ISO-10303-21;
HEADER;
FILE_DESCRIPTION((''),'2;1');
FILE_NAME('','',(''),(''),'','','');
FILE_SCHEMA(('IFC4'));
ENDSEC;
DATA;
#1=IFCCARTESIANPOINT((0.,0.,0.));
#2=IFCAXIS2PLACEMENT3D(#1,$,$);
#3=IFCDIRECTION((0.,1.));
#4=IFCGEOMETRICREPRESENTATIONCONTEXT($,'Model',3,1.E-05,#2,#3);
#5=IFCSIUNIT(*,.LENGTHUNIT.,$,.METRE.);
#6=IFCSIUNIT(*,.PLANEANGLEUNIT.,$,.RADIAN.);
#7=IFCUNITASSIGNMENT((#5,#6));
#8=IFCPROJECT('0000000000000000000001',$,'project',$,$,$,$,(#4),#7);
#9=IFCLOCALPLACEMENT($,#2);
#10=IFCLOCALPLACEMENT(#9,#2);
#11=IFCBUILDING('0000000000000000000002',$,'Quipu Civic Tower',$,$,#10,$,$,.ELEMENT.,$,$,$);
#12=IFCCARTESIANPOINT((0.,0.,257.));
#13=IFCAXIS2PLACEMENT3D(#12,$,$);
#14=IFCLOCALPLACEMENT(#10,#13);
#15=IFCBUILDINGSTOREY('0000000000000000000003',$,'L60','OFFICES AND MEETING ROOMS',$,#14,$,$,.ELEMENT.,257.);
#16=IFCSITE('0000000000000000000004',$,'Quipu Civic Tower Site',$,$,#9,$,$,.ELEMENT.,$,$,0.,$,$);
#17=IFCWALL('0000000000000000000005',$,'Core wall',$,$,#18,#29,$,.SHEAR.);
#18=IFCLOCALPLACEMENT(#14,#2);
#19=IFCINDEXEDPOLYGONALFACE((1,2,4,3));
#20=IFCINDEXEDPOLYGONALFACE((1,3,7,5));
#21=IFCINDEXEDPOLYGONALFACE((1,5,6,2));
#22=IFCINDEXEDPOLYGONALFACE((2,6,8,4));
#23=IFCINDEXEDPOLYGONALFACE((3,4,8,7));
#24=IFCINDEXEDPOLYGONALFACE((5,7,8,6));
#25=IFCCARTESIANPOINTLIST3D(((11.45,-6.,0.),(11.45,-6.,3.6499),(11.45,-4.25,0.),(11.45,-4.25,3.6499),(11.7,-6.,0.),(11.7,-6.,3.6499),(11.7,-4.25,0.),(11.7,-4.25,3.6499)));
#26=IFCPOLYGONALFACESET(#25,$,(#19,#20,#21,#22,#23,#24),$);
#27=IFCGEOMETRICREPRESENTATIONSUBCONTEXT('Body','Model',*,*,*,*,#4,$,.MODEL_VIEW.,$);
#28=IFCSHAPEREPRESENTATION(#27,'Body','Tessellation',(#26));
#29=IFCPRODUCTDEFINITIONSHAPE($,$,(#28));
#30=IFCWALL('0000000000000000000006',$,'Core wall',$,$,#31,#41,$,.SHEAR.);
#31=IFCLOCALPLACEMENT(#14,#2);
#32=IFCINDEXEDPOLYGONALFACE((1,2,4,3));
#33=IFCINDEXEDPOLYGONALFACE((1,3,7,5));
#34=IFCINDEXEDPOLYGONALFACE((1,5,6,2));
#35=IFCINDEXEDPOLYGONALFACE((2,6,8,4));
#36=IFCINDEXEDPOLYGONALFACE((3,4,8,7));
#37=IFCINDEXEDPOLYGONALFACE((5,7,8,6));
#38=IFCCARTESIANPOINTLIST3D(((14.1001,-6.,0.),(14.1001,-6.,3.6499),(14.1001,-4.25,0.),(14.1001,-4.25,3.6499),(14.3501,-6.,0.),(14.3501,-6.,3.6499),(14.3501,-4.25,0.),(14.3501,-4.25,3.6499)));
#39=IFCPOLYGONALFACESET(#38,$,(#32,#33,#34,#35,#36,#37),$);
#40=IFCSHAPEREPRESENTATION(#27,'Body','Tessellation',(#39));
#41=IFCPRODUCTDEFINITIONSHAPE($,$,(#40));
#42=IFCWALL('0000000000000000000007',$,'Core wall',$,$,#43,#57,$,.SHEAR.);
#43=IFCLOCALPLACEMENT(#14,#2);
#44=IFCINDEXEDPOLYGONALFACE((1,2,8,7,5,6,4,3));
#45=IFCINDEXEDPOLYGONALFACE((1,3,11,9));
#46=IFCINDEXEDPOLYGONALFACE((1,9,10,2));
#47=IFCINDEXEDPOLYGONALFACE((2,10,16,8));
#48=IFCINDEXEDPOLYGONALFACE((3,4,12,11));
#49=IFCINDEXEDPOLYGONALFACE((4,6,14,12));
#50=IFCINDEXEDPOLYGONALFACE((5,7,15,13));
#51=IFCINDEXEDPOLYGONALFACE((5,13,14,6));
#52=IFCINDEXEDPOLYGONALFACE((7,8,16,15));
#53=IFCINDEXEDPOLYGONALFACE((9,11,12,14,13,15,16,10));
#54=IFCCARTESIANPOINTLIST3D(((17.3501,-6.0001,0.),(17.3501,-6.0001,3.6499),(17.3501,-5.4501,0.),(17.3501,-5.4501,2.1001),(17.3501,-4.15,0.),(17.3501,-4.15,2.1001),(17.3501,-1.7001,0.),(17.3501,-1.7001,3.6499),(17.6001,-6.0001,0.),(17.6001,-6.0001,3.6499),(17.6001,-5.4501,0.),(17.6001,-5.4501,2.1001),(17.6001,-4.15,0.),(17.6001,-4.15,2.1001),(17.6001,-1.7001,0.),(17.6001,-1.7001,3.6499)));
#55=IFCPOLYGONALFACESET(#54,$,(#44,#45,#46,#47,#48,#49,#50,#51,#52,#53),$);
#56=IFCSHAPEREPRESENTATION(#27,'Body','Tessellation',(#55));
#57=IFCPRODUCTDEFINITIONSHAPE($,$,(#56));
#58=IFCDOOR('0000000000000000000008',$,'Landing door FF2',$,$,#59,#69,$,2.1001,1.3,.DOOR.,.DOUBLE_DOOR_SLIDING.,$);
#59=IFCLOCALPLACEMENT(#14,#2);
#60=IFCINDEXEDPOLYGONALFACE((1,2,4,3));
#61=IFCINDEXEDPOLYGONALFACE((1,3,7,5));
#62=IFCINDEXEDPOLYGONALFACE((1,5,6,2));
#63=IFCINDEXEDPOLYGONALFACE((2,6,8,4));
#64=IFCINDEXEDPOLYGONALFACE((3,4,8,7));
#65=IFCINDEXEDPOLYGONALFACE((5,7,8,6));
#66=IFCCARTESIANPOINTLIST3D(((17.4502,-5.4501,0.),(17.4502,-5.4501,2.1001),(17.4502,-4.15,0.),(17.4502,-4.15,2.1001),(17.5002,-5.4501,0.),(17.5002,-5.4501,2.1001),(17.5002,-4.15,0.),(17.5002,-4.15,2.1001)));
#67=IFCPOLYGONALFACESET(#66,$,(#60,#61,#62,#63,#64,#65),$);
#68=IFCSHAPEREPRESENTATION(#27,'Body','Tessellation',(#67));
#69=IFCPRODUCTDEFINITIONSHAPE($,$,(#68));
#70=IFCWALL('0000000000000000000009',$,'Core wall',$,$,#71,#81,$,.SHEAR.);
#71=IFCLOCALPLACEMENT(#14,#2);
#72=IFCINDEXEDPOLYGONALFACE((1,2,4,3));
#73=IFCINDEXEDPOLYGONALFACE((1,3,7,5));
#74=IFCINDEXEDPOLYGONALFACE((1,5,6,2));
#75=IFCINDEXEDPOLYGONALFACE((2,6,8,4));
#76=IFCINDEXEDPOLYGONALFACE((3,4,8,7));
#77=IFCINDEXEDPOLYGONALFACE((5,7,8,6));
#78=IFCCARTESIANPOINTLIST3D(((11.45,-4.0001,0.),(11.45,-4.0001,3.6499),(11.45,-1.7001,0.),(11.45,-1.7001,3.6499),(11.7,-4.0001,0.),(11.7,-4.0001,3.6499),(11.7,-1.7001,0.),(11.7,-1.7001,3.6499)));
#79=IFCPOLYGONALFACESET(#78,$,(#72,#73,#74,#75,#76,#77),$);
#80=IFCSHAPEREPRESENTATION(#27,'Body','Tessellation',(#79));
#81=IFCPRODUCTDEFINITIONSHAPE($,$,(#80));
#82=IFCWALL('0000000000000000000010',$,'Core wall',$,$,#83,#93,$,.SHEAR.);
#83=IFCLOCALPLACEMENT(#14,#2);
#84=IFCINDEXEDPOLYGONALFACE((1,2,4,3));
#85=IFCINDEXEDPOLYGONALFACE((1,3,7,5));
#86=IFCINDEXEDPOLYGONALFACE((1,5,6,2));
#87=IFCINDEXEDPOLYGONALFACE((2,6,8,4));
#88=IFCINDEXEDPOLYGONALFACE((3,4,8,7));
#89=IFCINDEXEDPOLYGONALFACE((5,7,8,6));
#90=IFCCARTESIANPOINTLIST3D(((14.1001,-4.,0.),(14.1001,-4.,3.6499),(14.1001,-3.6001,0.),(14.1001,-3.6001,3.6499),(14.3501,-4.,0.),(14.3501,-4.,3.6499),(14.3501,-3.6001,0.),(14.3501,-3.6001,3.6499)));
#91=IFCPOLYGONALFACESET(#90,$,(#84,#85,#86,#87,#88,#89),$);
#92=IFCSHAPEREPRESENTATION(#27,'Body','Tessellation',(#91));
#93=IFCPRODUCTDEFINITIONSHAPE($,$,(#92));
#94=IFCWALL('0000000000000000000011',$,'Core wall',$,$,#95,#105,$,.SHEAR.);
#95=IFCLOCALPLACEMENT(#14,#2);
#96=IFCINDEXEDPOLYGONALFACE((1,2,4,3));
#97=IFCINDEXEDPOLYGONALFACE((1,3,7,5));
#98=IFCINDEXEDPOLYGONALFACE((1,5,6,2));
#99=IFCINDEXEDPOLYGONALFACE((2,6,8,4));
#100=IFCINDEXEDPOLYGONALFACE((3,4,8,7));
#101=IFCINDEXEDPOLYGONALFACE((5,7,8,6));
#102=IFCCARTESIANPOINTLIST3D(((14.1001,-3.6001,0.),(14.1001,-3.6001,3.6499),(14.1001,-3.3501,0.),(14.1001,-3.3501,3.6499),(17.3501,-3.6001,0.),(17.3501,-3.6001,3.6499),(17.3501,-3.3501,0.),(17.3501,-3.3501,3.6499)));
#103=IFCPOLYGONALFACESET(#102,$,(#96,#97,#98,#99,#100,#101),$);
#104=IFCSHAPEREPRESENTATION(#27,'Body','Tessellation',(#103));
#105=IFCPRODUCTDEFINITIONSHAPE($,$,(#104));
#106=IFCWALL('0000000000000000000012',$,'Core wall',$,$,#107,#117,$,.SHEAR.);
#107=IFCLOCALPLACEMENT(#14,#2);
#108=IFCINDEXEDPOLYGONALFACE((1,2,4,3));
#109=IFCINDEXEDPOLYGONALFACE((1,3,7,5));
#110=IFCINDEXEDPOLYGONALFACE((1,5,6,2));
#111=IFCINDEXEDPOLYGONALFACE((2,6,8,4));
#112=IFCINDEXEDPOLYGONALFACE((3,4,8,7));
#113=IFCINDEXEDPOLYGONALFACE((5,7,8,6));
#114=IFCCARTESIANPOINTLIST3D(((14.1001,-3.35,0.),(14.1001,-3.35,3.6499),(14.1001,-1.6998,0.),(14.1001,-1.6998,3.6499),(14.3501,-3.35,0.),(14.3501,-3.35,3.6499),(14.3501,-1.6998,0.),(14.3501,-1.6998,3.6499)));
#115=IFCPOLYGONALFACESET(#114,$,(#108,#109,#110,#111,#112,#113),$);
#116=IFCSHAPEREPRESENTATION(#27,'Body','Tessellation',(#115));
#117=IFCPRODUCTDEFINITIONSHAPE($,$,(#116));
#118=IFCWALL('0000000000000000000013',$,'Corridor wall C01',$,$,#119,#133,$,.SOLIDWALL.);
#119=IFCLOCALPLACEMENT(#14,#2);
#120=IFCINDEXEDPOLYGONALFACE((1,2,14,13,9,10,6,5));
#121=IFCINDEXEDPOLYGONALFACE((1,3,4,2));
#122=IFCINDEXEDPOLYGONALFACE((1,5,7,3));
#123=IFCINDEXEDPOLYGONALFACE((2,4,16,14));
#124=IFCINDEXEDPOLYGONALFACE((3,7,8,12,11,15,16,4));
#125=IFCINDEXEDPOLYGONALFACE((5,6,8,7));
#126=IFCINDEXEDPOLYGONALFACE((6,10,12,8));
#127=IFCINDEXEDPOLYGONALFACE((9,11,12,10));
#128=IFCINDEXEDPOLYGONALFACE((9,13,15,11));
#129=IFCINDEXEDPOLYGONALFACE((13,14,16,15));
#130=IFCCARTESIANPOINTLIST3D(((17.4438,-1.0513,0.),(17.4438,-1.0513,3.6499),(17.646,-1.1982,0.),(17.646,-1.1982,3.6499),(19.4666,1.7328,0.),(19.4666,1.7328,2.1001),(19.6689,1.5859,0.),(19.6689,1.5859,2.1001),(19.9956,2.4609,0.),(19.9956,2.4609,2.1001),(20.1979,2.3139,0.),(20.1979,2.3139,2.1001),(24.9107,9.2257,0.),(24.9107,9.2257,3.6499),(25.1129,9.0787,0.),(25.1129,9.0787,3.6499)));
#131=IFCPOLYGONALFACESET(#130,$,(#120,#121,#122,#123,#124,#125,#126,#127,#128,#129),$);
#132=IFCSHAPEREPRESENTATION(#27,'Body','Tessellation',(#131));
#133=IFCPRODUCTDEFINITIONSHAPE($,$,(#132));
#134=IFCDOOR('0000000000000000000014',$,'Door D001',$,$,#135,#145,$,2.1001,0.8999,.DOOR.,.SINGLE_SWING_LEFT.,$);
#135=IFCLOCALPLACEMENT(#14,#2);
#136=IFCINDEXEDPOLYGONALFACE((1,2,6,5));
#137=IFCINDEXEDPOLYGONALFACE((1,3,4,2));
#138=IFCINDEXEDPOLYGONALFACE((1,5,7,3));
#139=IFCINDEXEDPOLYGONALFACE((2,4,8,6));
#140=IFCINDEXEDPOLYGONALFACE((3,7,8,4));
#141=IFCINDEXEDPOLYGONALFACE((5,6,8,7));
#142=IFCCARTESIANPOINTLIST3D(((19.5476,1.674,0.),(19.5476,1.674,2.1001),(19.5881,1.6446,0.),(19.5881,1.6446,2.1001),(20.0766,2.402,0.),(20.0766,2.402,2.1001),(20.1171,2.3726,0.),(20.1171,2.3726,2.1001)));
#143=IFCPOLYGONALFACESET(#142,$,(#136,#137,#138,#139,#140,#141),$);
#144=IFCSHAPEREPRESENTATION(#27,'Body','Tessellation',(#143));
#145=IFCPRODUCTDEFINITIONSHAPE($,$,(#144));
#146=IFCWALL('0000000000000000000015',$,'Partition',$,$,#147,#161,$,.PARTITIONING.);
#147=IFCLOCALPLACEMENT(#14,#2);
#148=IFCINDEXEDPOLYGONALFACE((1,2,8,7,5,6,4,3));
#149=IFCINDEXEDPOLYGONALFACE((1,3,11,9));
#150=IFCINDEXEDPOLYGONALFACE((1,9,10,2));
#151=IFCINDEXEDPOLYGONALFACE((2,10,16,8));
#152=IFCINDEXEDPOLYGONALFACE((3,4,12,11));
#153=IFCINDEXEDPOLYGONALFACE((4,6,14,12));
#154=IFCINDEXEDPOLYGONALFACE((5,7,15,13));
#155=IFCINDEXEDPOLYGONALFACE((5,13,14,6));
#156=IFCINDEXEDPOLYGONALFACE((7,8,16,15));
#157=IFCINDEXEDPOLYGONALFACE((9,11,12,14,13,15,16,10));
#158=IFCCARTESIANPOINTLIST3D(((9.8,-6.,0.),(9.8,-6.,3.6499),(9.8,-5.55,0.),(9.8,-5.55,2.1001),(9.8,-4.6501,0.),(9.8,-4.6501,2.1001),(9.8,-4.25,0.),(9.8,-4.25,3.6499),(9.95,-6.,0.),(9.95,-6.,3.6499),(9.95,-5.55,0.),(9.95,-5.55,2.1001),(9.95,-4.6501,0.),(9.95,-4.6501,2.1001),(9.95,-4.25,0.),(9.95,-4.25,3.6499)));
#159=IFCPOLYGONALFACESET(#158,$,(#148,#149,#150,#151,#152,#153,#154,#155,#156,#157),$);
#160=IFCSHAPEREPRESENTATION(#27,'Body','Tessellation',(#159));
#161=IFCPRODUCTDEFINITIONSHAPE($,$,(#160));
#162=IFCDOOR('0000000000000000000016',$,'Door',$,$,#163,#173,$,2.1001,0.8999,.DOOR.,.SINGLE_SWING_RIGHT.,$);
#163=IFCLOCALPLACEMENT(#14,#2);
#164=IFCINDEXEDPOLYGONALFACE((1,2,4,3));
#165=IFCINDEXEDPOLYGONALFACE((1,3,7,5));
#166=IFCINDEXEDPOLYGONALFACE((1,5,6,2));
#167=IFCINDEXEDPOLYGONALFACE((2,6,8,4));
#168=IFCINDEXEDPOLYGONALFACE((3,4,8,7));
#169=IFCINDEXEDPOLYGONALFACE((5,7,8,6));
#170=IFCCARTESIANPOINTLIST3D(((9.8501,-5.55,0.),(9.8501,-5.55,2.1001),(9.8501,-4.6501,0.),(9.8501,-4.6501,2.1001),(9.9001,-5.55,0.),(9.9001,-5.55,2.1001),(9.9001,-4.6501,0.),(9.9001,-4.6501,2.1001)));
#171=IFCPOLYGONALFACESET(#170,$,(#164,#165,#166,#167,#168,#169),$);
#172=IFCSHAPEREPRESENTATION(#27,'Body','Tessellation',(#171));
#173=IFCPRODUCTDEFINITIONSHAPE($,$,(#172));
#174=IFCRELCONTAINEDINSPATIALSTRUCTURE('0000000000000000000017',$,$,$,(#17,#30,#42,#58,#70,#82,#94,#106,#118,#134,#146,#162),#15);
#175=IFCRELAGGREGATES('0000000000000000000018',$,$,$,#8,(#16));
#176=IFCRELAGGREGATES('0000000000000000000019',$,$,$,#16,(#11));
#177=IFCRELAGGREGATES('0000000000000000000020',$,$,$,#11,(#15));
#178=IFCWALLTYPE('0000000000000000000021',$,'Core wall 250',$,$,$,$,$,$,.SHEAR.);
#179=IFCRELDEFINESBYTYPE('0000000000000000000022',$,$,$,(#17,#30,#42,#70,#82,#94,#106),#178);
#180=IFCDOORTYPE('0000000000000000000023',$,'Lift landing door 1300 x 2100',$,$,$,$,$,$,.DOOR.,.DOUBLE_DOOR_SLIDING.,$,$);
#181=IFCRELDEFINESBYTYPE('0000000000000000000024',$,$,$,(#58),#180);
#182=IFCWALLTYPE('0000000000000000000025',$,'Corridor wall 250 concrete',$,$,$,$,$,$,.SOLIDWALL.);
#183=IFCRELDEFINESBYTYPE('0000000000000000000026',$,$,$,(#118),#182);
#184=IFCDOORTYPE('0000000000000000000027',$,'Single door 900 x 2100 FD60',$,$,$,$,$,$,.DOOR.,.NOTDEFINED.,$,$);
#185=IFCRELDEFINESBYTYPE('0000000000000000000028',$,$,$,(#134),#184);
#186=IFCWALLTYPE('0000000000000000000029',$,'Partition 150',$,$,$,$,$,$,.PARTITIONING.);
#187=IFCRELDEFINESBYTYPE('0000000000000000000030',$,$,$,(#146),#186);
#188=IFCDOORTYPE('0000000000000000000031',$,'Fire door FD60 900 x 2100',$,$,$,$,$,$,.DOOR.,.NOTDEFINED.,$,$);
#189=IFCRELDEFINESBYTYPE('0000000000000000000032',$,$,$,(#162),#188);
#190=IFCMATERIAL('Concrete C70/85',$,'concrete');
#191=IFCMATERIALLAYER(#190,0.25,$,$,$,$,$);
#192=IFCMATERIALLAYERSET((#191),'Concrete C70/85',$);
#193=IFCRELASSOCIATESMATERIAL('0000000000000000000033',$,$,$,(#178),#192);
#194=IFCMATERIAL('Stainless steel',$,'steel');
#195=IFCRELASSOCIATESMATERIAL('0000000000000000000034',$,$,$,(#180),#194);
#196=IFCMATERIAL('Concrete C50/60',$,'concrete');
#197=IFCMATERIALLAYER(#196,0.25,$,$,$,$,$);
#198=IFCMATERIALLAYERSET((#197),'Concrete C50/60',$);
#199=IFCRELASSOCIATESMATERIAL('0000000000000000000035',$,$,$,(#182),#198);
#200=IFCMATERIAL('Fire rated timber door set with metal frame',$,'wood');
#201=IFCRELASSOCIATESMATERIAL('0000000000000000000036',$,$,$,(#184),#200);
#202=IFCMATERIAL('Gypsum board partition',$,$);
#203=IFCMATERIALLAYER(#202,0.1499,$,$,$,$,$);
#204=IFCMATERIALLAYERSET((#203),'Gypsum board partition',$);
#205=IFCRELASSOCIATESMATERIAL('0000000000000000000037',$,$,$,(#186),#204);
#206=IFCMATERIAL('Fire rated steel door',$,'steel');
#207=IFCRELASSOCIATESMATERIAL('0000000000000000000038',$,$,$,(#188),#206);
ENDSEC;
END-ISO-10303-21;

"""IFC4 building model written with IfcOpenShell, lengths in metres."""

from ifc_helpers import new_model, si_unit, direction, frame, frame_2d, origin, place, context, subcontext, project, spatial, rectangle, extrude, material, layer, layer_set, type_object, element, fill, save


model = new_model("IFC4")

# Units and contexts
model_context = context("Model", 3, precision=1e-05, world=origin(), true_north=direction((0.0, 1.0)))
body_context = subcontext(model_context, "Body", "Model", "MODEL_VIEW")
ifc_project = project(units=[si_unit("LENGTHUNIT", "METRE"), si_unit("PLANEANGLEUNIT", "RADIAN")], contexts=[model_context])

# Site, building, storey
site_placement = place(None, origin())
site = spatial("IfcSite", under=ifc_project, at=site_placement, Name="Quipu Civic Tower Site", CompositionType="ELEMENT", RefElevation=0.0)
building_placement = place(site_placement, origin())
building = spatial("IfcBuilding", under=site, at=building_placement, Name="Quipu Civic Tower", CompositionType="ELEMENT")
storey_placement = place(building_placement, frame((0.0, 0.0, 257.0)))
storey = spatial("IfcBuildingStorey", under=building, at=storey_placement, Name="L60", Description="OFFICES AND MEETING ROOMS", CompositionType="ELEMENT", Elevation=257.0)

# Walls
ifc_material_1 = material(Name="Concrete C70/85", Category="concrete")
ifc_layer_1 = layer(ifc_material_1, 0.25)
ifc_layer_set_1 = layer_set([ifc_layer_1], Name="Concrete C70/85")
wall_type_1 = type_object("IfcWallType", Name="Core wall 250", PredefinedType="SHEAR", material=ifc_layer_set_1)
for number, where, z_axis, x_axis, name in (
    (1, (11.575, -6.0, 0.0), (0.0, 0.0, 1.0), (0.0, 1.0, 0.0), "Core wall"),
    (2, (14.2251, -6.0, 0.0), (0.0, 0.0, 1.0), (0.0, 1.0, 0.0), "Core wall"),
):
    element("IfcWall", number, at=place(storey_placement, frame(where, z_axis=z_axis, x_axis=x_axis)), inside=storey, type_object=wall_type_1, Name=name, PredefinedType="SHEAR", context=body_context, shape_type="SweptSolid", body=[
        extrude(rectangle(XDim=1.75, YDim=0.25, at=frame_2d((0.875, 0.0))), origin(), (0.0, 0.0, 1.0), 3.6499),
    ])

# Wall, opening, door
wall_1_placement = place(storey_placement, frame((17.4751, -6.0, 0.0), z_axis=(0.0, 0.0, 1.0), x_axis=(0.0, 1.0, 0.0)))
wall_1 = element("IfcWall", 3, at=wall_1_placement, inside=storey, type_object=wall_type_1, Name="Core wall", PredefinedType="SHEAR", context=body_context, shape_type="SweptSolid", body=[
    extrude(rectangle(XDim=4.3, YDim=0.25, at=frame_2d((2.1499, 0.0))), origin(), (0.0, 0.0, 1.0), 3.6499),
])
opening_1_placement = place(wall_1_placement, frame((0.55, 0.0, 0.0)))
opening_1 = element("IfcOpeningElement", 4, at=opening_1_placement, cuts=wall_1, PredefinedType="OPENING", context=body_context, shape_type="SweptSolid", body=[
    extrude(rectangle(XDim=1.3, YDim=2.1001, at=frame_2d((0.6499, 1.05))), frame((0.0, 0.135, 0.0), z_axis=(0.0, -1.0, 0.0), x_axis=(1.0, 0.0, 0.0)), (0.0, 0.0, 1.0), 0.27),
])
ifc_material_2 = material(Name="Stainless steel", Category="steel")
door_type_1 = type_object("IfcDoorType", Name="Lift landing door 1300 x 2100", OperationType="DOUBLE_DOOR_SLIDING", PredefinedType="DOOR", material=ifc_material_2)
door_1_placement = place(opening_1_placement, origin())
door_1 = element("IfcDoor", 5, at=door_1_placement, inside=storey, type_object=door_type_1, Name="Landing door FF2", OperationType="DOUBLE_DOOR_SLIDING", OverallHeight=2.1001, OverallWidth=1.3, PredefinedType="DOOR", context=body_context, shape_type="SweptSolid", body=[
    extrude(rectangle(XDim=1.3, YDim=2.1001, at=frame_2d((0.6499, 1.05))), frame((0.0, 0.0249, 0.0), z_axis=(0.0, -1.0, 0.0), x_axis=(1.0, 0.0, 0.0)), (0.0, 0.0, 1.0), 0.05),
])
fill(opening_1, door_1)

# Walls
wall_2_placement = place(storey_placement, frame((11.575, -4.0, 0.0), z_axis=(0.0, 0.0, 1.0), x_axis=(0.0, 1.0, 0.0)))
element("IfcWall", 6, at=wall_2_placement, inside=storey, type_object=wall_type_1, Name="Core wall", PredefinedType="SHEAR", context=body_context, shape_type="SweptSolid", body=[
    extrude(rectangle(XDim=2.3, YDim=0.25, at=frame_2d((1.1499, 0.0))), origin(), (0.0, 0.0, 1.0), 3.6499),
])
wall_3_placement = place(storey_placement, frame((14.2251, -4.0, 0.0), z_axis=(0.0, 0.0, 1.0), x_axis=(0.0, 1.0, 0.0)))
element("IfcWall", 7, at=wall_3_placement, inside=storey, type_object=wall_type_1, Name="Core wall", PredefinedType="SHEAR", context=body_context, shape_type="SweptSolid", body=[
    extrude(rectangle(XDim=0.3999, YDim=0.25, at=frame_2d((0.2, 0.0))), origin(), (0.0, 0.0, 1.0), 3.6499),
])
wall_4_placement = place(storey_placement, frame((14.1001, -3.4751, 0.0), z_axis=(0.0, 0.0, 1.0), x_axis=(1.0, 0.0, 0.0)))
element("IfcWall", 8, at=wall_4_placement, inside=storey, type_object=wall_type_1, Name="Core wall", PredefinedType="SHEAR", context=body_context, shape_type="SweptSolid", body=[
    extrude(rectangle(XDim=3.25, YDim=0.25, at=frame_2d((1.625, 0.0))), origin(), (0.0, 0.0, 1.0), 3.6499),
])
wall_5_placement = place(storey_placement, frame((14.2251, -3.3501, 0.0), z_axis=(0.0, 0.0, 1.0), x_axis=(0.0, 1.0, 0.0)))
element("IfcWall", 9, at=wall_5_placement, inside=storey, type_object=wall_type_1, Name="Core wall", PredefinedType="SHEAR", context=body_context, shape_type="SweptSolid", body=[
    extrude(rectangle(XDim=1.6501, YDim=0.25, at=frame_2d((0.8252, 0.0))), origin(), (0.0, 0.0, 1.0), 3.6499),
])

# Walls, openings, doors
ifc_material_3 = material(Name="Concrete C50/60", Category="concrete")
ifc_layer_2 = layer(ifc_material_3, 0.25)
ifc_layer_set_2 = layer_set([ifc_layer_2], Name="Concrete C50/60")
wall_type_2 = type_object("IfcWallType", Name="Corridor wall 250 concrete", PredefinedType="SOLIDWALL", material=ifc_layer_set_2)
wall_6_placement = place(storey_placement, frame((17.5449, -1.1248, 0.0), z_axis=(0.0, 0.0, 1.0), x_axis=(0.587797, 0.809009, 0.0)))
wall_6 = element("IfcWall", 10, at=wall_6_placement, inside=storey, type_object=wall_type_2, Name="Corridor wall C01", PredefinedType="SOLIDWALL", context=body_context, shape_type="SweptSolid", body=[
    extrude(rectangle(XDim=12.7031, YDim=0.25, at=frame_2d((6.3516, 0.0))), origin(), (0.0, 0.0, 1.0), 3.6499),
])
opening_2_placement = place(wall_6_placement, frame((3.4414, 0.0, 0.0)))
opening_2 = element("IfcOpeningElement", 11, at=opening_2_placement, cuts=wall_6, PredefinedType="OPENING", context=body_context, shape_type="SweptSolid", body=[
    extrude(rectangle(XDim=0.8999, YDim=2.1001, at=frame_2d((0.45, 1.05))), frame((0.0, 0.135, 0.0), z_axis=(0.0, -1.0, 0.0), x_axis=(1.0, 0.0, 0.0)), (0.0, 0.0, 1.0), 0.27),
])
ifc_material_4 = material(Name="Fire rated timber door set with metal frame", Category="wood")
door_type_2 = type_object("IfcDoorType", Name="Single door 900 x 2100 FD60", OperationType="NOTDEFINED", PredefinedType="DOOR", material=ifc_material_4)
door_2_placement = place(opening_2_placement, origin())
door_2 = element("IfcDoor", 12, at=door_2_placement, inside=storey, type_object=door_type_2, Name="Door D001", OperationType="SINGLE_SWING_LEFT", OverallHeight=2.1001, OverallWidth=0.8999, PredefinedType="DOOR", context=body_context, shape_type="SweptSolid", body=[
    extrude(rectangle(XDim=0.8999, YDim=2.1001, at=frame_2d((0.45, 1.05))), frame((0.0, 0.0249, 0.0), z_axis=(0.0, -1.0, 0.0), x_axis=(1.0, 0.0, 0.0)), (0.0, 0.0, 1.0), 0.05),
])
fill(opening_2, door_2)
ifc_material_5 = material(Name="Gypsum board partition")
ifc_layer_3 = layer(ifc_material_5, 0.1499)
ifc_layer_set_3 = layer_set([ifc_layer_3], Name="Gypsum board partition")
wall_type_3 = type_object("IfcWallType", Name="Partition 150", PredefinedType="PARTITIONING", material=ifc_layer_set_3)
wall_7_placement = place(storey_placement, frame((9.875, -6.0, 0.0), z_axis=(0.0, 0.0, 1.0), x_axis=(0.0, 1.0, 0.0)))
wall_7 = element("IfcWall", 13, at=wall_7_placement, inside=storey, type_object=wall_type_3, Name="Partition", PredefinedType="PARTITIONING", context=body_context, shape_type="SweptSolid", body=[
    extrude(rectangle(XDim=1.75, YDim=0.1499, at=frame_2d((0.875, 0.0))), origin(), (0.0, 0.0, 1.0), 3.6499),
])
opening_3_placement = place(wall_7_placement, frame((0.45, 0.0, 0.0)))
opening_3 = element("IfcOpeningElement", 14, at=opening_3_placement, cuts=wall_7, PredefinedType="OPENING", context=body_context, shape_type="SweptSolid", body=[
    extrude(rectangle(XDim=0.8999, YDim=2.1001, at=frame_2d((0.45, 1.05))), frame((0.0, 0.085, 0.0), z_axis=(0.0, -1.0, 0.0), x_axis=(1.0, 0.0, 0.0)), (0.0, 0.0, 1.0), 0.1699),
])
ifc_material_6 = material(Name="Fire rated steel door", Category="steel")
door_type_3 = type_object("IfcDoorType", Name="Fire door FD60 900 x 2100", OperationType="NOTDEFINED", PredefinedType="DOOR", material=ifc_material_6)
door_3_placement = place(opening_3_placement, origin())
door_3 = element("IfcDoor", 15, at=door_3_placement, inside=storey, type_object=door_type_3, Name="Door", OperationType="SINGLE_SWING_RIGHT", OverallHeight=2.1001, OverallWidth=0.8999, PredefinedType="DOOR", context=body_context, shape_type="SweptSolid", body=[
    extrude(rectangle(XDim=0.8999, YDim=2.1001, at=frame_2d((0.45, 1.05))), frame((0.0, 0.0249, 0.0), z_axis=(0.0, -1.0, 0.0), x_axis=(1.0, 0.0, 0.0)), (0.0, 0.0, 1.0), 0.05),
])
fill(opening_3, door_3)

save(model, "model.ifc")
